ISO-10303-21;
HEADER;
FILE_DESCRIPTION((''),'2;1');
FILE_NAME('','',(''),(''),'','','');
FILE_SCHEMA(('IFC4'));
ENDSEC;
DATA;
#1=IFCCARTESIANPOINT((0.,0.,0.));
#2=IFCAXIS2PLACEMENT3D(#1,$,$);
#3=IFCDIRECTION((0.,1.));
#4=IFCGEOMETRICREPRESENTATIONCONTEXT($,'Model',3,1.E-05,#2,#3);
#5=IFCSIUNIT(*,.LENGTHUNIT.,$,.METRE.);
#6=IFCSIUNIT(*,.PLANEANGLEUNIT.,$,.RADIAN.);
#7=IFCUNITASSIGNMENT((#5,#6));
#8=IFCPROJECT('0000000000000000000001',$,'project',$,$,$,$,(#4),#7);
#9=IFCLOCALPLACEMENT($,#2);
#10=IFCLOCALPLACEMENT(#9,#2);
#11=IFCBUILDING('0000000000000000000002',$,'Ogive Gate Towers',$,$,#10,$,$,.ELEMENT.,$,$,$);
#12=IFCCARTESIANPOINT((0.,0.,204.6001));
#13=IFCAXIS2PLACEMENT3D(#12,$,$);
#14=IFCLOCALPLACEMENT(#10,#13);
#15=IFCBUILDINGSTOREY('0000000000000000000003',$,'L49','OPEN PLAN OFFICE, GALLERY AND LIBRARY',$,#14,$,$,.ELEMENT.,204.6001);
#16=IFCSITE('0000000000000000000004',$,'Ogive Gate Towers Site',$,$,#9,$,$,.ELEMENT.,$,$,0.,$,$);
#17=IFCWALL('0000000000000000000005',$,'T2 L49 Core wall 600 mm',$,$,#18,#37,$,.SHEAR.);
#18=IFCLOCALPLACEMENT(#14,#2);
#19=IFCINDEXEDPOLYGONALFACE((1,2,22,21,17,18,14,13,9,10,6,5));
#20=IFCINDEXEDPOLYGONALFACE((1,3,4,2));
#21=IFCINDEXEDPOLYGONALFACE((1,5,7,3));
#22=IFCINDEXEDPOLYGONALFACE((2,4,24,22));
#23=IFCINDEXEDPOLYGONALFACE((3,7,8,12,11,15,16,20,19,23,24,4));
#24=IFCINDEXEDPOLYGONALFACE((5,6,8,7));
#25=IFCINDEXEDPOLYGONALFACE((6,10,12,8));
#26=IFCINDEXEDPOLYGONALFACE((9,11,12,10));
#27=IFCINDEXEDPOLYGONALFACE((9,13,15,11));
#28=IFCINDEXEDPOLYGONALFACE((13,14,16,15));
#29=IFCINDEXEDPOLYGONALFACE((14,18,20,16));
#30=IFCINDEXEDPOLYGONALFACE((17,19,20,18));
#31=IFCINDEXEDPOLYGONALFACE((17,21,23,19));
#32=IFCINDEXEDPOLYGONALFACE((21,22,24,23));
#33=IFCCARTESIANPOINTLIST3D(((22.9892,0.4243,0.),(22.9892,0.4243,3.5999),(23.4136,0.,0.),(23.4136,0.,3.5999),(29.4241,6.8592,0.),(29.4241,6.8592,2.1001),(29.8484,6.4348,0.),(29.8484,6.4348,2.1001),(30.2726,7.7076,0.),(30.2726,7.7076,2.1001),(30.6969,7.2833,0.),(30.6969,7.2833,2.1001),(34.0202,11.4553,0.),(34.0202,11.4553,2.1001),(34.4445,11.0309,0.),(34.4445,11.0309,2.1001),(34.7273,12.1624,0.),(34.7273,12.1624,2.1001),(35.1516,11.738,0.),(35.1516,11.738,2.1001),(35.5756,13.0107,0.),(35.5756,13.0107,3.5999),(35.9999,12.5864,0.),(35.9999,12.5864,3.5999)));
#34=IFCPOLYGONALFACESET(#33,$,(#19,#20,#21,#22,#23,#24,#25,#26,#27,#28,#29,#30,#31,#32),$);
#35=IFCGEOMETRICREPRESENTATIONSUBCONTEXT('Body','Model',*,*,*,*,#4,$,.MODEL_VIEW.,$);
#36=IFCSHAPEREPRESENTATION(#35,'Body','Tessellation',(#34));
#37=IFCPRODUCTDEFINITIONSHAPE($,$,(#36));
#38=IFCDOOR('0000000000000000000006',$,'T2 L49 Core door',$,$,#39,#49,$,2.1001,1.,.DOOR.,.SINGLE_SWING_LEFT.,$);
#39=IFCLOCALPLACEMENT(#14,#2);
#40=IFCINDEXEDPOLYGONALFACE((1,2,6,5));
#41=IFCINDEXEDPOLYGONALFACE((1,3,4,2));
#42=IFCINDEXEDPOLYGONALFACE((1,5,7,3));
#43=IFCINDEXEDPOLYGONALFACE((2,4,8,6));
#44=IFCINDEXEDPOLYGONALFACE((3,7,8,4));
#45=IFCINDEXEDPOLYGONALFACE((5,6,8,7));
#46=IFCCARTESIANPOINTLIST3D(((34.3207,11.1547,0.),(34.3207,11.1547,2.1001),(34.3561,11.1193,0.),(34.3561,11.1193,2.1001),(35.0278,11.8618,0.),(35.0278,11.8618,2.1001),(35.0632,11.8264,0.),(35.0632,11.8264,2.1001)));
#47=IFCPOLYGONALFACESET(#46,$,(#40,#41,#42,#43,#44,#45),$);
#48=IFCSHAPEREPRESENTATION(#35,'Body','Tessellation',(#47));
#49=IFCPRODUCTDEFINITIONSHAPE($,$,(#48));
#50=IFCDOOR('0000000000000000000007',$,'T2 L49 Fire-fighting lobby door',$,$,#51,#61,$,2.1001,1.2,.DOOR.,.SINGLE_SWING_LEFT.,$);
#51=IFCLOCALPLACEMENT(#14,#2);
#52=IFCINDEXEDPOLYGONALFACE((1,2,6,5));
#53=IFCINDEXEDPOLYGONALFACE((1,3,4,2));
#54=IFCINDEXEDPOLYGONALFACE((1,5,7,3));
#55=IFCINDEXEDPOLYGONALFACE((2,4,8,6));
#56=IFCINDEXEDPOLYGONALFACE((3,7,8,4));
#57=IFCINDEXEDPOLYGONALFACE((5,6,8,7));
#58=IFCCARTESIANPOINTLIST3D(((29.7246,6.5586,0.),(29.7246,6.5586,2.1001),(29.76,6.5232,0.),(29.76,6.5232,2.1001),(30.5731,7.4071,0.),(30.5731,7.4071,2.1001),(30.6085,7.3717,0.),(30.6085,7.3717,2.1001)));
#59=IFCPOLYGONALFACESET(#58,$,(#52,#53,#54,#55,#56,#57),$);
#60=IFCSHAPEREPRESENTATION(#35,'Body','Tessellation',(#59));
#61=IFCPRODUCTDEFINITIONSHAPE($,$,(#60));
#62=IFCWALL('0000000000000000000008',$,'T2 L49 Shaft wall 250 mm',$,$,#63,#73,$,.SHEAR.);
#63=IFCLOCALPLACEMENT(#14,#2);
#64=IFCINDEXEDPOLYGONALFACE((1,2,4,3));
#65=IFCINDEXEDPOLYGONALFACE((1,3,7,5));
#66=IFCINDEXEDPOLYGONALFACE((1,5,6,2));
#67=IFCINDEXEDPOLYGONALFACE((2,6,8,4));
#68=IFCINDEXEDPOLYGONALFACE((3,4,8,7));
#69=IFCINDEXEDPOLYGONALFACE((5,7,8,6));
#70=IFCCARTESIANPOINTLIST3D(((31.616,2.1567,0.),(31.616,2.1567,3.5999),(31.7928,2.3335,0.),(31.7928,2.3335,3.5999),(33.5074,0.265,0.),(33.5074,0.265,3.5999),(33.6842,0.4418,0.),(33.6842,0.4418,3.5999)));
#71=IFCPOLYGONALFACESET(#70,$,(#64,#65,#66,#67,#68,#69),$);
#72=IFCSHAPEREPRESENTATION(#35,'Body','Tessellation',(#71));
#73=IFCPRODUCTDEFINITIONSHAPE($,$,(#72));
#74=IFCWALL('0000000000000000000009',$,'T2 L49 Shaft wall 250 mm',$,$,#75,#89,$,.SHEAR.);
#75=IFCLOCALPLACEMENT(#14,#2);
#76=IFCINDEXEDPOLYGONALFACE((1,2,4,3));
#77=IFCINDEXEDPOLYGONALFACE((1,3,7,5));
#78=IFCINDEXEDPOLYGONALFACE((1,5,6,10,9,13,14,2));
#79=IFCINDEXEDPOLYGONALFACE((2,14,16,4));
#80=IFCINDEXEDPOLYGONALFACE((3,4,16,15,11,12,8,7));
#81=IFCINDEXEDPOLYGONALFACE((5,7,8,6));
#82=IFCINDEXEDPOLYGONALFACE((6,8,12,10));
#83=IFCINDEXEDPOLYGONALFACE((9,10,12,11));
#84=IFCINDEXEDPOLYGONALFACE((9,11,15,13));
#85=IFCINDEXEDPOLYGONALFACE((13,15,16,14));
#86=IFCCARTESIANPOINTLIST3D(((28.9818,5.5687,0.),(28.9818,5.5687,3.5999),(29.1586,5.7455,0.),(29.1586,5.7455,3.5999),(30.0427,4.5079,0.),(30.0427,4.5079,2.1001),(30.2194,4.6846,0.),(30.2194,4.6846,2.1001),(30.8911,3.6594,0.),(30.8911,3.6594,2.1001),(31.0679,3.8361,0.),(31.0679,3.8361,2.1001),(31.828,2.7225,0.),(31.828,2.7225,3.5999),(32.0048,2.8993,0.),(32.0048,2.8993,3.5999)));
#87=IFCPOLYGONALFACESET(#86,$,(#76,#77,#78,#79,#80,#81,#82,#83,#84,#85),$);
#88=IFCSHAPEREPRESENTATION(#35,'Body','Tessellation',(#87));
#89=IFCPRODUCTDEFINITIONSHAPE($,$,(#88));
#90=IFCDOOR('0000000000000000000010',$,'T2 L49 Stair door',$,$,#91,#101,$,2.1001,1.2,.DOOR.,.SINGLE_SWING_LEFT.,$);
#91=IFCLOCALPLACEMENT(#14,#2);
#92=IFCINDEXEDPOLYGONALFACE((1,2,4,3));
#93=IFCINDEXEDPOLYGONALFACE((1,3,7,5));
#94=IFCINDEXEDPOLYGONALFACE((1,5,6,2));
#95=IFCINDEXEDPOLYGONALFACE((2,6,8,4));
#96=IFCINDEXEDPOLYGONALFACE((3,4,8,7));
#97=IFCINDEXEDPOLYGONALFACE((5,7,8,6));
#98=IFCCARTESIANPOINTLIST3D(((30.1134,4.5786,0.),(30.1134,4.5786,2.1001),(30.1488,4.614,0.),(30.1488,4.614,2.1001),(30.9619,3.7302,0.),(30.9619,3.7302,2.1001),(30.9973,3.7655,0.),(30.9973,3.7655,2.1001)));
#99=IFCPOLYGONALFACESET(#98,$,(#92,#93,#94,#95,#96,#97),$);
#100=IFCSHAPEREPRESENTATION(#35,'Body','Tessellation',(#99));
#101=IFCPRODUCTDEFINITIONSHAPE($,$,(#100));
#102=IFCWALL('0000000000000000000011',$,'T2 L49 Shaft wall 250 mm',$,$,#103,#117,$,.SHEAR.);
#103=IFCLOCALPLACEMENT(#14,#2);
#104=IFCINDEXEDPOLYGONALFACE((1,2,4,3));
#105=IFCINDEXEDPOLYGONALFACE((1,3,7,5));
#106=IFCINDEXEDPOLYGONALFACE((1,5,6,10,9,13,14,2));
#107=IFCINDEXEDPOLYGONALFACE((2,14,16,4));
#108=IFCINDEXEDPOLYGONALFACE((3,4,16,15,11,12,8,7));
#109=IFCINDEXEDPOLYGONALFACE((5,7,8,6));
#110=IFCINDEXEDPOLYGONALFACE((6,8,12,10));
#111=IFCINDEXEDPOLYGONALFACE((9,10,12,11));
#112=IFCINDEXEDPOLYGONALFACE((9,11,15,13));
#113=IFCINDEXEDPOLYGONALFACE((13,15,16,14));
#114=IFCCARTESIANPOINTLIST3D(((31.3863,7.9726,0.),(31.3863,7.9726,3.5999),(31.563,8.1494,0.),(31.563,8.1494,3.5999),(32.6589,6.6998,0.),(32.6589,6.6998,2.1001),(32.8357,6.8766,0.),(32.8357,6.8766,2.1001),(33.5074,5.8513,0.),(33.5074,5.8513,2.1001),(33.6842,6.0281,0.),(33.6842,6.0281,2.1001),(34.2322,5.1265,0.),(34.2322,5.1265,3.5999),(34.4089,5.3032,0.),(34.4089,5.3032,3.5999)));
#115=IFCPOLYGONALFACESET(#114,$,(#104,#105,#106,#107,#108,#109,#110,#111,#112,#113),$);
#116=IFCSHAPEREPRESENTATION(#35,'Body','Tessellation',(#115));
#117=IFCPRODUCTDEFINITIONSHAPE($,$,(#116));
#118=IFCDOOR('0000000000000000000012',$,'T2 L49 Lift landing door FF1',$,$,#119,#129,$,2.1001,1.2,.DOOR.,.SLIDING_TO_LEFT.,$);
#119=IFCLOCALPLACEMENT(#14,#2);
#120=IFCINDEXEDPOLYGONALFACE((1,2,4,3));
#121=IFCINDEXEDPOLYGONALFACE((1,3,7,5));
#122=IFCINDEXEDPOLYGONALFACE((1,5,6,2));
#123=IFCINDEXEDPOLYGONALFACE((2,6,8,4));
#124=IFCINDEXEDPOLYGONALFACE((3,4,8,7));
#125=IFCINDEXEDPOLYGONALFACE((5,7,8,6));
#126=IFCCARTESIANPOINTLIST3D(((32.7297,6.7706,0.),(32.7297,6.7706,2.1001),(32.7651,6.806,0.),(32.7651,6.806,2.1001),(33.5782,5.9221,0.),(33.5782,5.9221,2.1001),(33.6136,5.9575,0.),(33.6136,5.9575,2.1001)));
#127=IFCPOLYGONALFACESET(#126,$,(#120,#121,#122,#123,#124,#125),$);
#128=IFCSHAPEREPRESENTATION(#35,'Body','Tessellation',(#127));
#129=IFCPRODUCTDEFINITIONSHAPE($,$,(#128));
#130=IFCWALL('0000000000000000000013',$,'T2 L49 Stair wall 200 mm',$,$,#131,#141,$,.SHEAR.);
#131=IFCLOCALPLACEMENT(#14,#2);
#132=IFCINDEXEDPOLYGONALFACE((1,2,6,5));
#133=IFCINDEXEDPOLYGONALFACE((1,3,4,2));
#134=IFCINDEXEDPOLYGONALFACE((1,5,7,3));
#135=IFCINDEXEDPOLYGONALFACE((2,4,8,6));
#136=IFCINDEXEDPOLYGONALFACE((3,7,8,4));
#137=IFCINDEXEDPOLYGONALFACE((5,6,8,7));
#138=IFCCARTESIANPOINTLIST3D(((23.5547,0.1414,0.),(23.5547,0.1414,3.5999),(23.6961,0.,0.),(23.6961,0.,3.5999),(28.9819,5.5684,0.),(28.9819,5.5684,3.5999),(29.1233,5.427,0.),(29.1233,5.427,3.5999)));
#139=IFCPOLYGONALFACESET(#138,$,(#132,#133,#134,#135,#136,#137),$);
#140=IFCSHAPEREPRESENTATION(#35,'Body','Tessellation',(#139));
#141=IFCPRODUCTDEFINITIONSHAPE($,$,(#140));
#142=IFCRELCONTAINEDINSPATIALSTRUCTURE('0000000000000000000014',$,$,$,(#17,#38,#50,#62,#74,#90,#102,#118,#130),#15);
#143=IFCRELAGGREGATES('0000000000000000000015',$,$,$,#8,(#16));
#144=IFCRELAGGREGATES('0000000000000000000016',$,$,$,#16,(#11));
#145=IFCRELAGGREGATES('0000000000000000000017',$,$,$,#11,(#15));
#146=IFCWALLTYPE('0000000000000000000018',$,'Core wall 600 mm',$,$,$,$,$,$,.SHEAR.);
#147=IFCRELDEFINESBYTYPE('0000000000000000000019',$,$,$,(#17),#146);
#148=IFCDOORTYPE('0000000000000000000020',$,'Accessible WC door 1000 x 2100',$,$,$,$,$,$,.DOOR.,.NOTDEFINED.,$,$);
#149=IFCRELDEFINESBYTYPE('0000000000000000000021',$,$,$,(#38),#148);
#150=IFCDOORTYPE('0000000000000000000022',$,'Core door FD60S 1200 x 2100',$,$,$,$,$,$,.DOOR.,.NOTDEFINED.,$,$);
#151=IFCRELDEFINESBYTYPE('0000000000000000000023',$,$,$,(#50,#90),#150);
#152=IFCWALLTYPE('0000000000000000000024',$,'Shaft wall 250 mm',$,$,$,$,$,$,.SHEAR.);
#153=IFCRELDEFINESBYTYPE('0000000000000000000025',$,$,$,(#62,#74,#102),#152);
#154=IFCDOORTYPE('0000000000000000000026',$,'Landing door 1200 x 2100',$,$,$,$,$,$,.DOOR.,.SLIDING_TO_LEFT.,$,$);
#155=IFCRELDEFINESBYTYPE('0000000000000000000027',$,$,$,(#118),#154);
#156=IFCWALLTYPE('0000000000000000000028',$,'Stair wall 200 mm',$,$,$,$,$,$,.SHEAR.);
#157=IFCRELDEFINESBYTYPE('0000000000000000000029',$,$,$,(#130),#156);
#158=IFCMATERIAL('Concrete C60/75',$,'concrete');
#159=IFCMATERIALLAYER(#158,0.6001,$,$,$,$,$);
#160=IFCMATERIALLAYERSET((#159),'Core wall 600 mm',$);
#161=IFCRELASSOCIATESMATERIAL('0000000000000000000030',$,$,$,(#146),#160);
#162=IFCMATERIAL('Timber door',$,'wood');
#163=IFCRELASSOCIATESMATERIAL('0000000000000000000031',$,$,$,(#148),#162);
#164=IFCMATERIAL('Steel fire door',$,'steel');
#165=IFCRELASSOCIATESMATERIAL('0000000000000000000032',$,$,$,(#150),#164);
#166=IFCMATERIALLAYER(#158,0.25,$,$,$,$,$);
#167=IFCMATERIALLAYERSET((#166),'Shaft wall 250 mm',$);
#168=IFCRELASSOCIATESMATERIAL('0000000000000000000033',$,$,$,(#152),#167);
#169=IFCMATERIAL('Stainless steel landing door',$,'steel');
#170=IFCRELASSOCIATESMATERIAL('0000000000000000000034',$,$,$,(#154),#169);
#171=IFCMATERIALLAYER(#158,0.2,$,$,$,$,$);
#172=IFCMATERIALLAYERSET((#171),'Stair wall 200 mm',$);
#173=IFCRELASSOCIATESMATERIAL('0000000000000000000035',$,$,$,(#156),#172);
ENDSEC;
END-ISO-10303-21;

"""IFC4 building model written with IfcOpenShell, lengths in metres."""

from ifc_helpers import new_model, si_unit, direction, frame, frame_2d, origin, place, context, subcontext, project, spatial, rectangle, extrude, material, layer, layer_set, type_object, element, fill, save


model = new_model("IFC4")

# Units and contexts
model_context = context("Model", 3, precision=1e-05, world=origin(), true_north=direction((0.0, 1.0)))
body_context = subcontext(model_context, "Body", "Model", "MODEL_VIEW")
ifc_project = project(units=[si_unit("LENGTHUNIT", "METRE"), si_unit("PLANEANGLEUNIT", "RADIAN")], contexts=[model_context])

# Site, building, storey
site_placement = place(None, origin())
site = spatial("IfcSite", under=ifc_project, at=site_placement, Name="Ogive Gate Towers Site", CompositionType="ELEMENT", RefElevation=0.0)
building_placement = place(site_placement, origin())
building = spatial("IfcBuilding", under=site, at=building_placement, Name="Ogive Gate Towers", CompositionType="ELEMENT")
storey_placement = place(building_placement, frame((0.0, 0.0, 204.6001)))
storey = spatial("IfcBuildingStorey", under=building, at=storey_placement, Name="L49", Description="OPEN PLAN OFFICE, GALLERY AND LIBRARY", CompositionType="ELEMENT", Elevation=204.6001)

# Shared definitions
ifc_material_1 = material(Name="Timber door", Category="wood")

# Wall, openings, doors
ifc_material_2 = material(Name="Concrete C60/75", Category="concrete")
ifc_layer_1 = layer(ifc_material_2, 0.6001)
ifc_layer_set_1 = layer_set([ifc_layer_1], Name="Core wall 600 mm")
wall_type_1 = type_object("IfcWallType", Name="Core wall 600 mm", PredefinedType="SHEAR", material=ifc_layer_set_1)
wall_1_placement = place(storey_placement, frame((23.2014, 0.2122, 0.0), z_axis=(0.0, 0.0, 1.0), x_axis=(0.707107, 0.707107, 0.0)))
wall_1 = element("IfcWall", 1, at=wall_1_placement, inside=storey, type_object=wall_type_1, Name="T2 L49 Core wall 600 mm", PredefinedType="SHEAR", context=body_context, shape_type="SweptSolid", body=[
    extrude(rectangle(XDim=17.7998, YDim=0.6001, at=frame_2d((8.8999, 0.0))), origin(), (0.0, 0.0, 1.0), 3.5999),
])
opening_1_placement = place(wall_1_placement, frame((9.1001, 0.0, 0.0)))
opening_1 = element("IfcOpeningElement", 2, at=opening_1_placement, cuts=wall_1, PredefinedType="OPENING", context=body_context, shape_type="SweptSolid", body=[
    extrude(rectangle(XDim=1.2, YDim=2.1001, at=frame_2d((0.6001, 1.05))), frame((0.0, 0.3101, 0.0), z_axis=(0.0, -1.0, 0.0), x_axis=(1.0, 0.0, 0.0)), (0.0, 0.0, 1.0), 0.6201),
])
opening_2_placement = place(wall_1_placement, frame((15.6001, 0.0, 0.0)))
opening_2 = element("IfcOpeningElement", 3, at=opening_2_placement, cuts=wall_1, PredefinedType="OPENING", context=body_context, shape_type="SweptSolid", body=[
    extrude(rectangle(XDim=1.0, YDim=2.1001, at=frame_2d((0.5, 1.05))), frame((0.0, 0.3101, 0.0), z_axis=(0.0, -1.0, 0.0), x_axis=(1.0, 0.0, 0.0)), (0.0, 0.0, 1.0), 0.6201),
])
door_type_1 = type_object("IfcDoorType", Name="Accessible WC door 1000 x 2100", OperationType="NOTDEFINED", PredefinedType="DOOR", material=ifc_material_1)
door_1_placement = place(opening_2_placement, origin())
door_1 = element("IfcDoor", 4, at=door_1_placement, inside=storey, type_object=door_type_1, Name="T2 L49 Core door", OperationType="SINGLE_SWING_LEFT", OverallHeight=2.1001, OverallWidth=1.0, PredefinedType="DOOR", context=body_context, shape_type="SweptSolid", body=[
    extrude(rectangle(XDim=1.0, YDim=2.1001, at=frame_2d((0.5, 1.05))), frame((0.0, -0.125, 0.0), z_axis=(0.0, -1.0, 0.0), x_axis=(1.0, 0.0, 0.0)), (0.0, 0.0, 1.0), 0.05),
])
fill(opening_2, door_1)
ifc_material_3 = material(Name="Steel fire door", Category="steel")
door_type_2 = type_object("IfcDoorType", Name="Core door FD60S 1200 x 2100", OperationType="NOTDEFINED", PredefinedType="DOOR", material=ifc_material_3)
door_2_placement = place(opening_1_placement, origin())
door_2 = element("IfcDoor", 5, at=door_2_placement, inside=storey, type_object=door_type_2, Name="T2 L49 Fire-fighting lobby door", OperationType="SINGLE_SWING_LEFT", OverallHeight=2.1001, OverallWidth=1.2, PredefinedType="DOOR", context=body_context, shape_type="SweptSolid", body=[
    extrude(rectangle(XDim=1.2, YDim=2.1001, at=frame_2d((0.6001, 1.05))), frame((0.0, -0.125, 0.0), z_axis=(0.0, -1.0, 0.0), x_axis=(1.0, 0.0, 0.0)), (0.0, 0.0, 1.0), 0.05),
])
fill(opening_1, door_2)

# Wall
ifc_layer_2 = layer(ifc_material_2, 0.25)
ifc_layer_set_2 = layer_set([ifc_layer_2], Name="Shaft wall 250 mm")
wall_type_2 = type_object("IfcWallType", Name="Shaft wall 250 mm", PredefinedType="SHEAR", material=ifc_layer_set_2)
wall_2_placement = place(storey_placement, frame((33.5957, 0.3535, 0.0), z_axis=(0.0, 0.0, 1.0), x_axis=(-0.707061, 0.707152, 0.0)))
element("IfcWall", 6, at=wall_2_placement, inside=storey, type_object=wall_type_2, Name="T2 L49 Shaft wall 250 mm", PredefinedType="SHEAR", context=body_context, shape_type="SweptSolid", body=[
    extrude(rectangle(XDim=2.675, YDim=0.25, at=frame_2d((1.3374, 0.0))), origin(), (0.0, 0.0, 1.0), 3.5999),
])

# Walls, openings, doors
wall_3_placement = place(storey_placement, frame((31.9165, 2.8108, 0.0), z_axis=(0.0, 0.0, 1.0), x_axis=(-0.707107, 0.707107, 0.0)))
wall_3 = element("IfcWall", 7, at=wall_3_placement, inside=storey, type_object=wall_type_2, Name="T2 L49 Shaft wall 250 mm", PredefinedType="SHEAR", context=body_context, shape_type="SweptSolid", body=[
    extrude(rectangle(XDim=4.0251, YDim=0.25, at=frame_2d((2.0127, 0.0))), origin(), (0.0, 0.0, 1.0), 3.5999),
])
opening_3_placement = place(wall_3_placement, frame((1.325, 0.0, 0.0)))
opening_3 = element("IfcOpeningElement", 8, at=opening_3_placement, cuts=wall_3, PredefinedType="OPENING", context=body_context, shape_type="SweptSolid", body=[
    extrude(rectangle(XDim=1.2, YDim=2.1001, at=frame_2d((0.6001, 1.05))), frame((0.0, 0.135, 0.0), z_axis=(0.0, -1.0, 0.0), x_axis=(1.0, 0.0, 0.0)), (0.0, 0.0, 1.0), 0.27),
])
door_3_placement = place(opening_3_placement, origin())
door_3 = element("IfcDoor", 9, at=door_3_placement, inside=storey, type_object=door_type_2, Name="T2 L49 Stair door", OperationType="SINGLE_SWING_LEFT", OverallHeight=2.1001, OverallWidth=1.2, PredefinedType="DOOR", context=body_context, shape_type="SweptSolid", body=[
    extrude(rectangle(XDim=1.2, YDim=2.1001, at=frame_2d((0.6001, 1.05))), frame((0.0, 0.0249, 0.0), z_axis=(0.0, -1.0, 0.0), x_axis=(1.0, 0.0, 0.0)), (0.0, 0.0, 1.0), 0.05),
])
fill(opening_3, door_3)
wall_4_placement = place(storey_placement, frame((34.3206, 5.2148, 0.0), z_axis=(0.0, 0.0, 1.0), x_axis=(-0.707076, 0.707137, 0.0)))
wall_4 = element("IfcWall", 10, at=wall_4_placement, inside=storey, type_object=wall_type_2, Name="T2 L49 Shaft wall 250 mm", PredefinedType="SHEAR", context=body_context, shape_type="SweptSolid", body=[
    extrude(rectangle(XDim=4.0249, YDim=0.25, at=frame_2d((2.0125, 0.0))), origin(), (0.0, 0.0, 1.0), 3.5999),
])
opening_4_placement = place(wall_4_placement, frame((1.0249, 0.0, 0.0)))
opening_4 = element("IfcOpeningElement", 11, at=opening_4_placement, cuts=wall_4, PredefinedType="OPENING", context=body_context, shape_type="SweptSolid", body=[
    extrude(rectangle(XDim=1.2, YDim=2.1001, at=frame_2d((0.6001, 1.05))), frame((0.0, 0.135, 0.0), z_axis=(0.0, -1.0, 0.0), x_axis=(1.0, 0.0, 0.0)), (0.0, 0.0, 1.0), 0.27),
])
ifc_material_4 = material(Name="Stainless steel landing door", Category="steel")
door_type_3 = type_object("IfcDoorType", Name="Landing door 1200 x 2100", OperationType="SLIDING_TO_LEFT", PredefinedType="DOOR", material=ifc_material_4)
door_4_placement = place(opening_4_placement, origin())
door_4 = element("IfcDoor", 12, at=door_4_placement, inside=storey, type_object=door_type_3, Name="T2 L49 Lift landing door FF1", OperationType="SLIDING_TO_LEFT", OverallHeight=2.1001, OverallWidth=1.2, PredefinedType="DOOR", context=body_context, shape_type="SweptSolid", body=[
    extrude(rectangle(XDim=1.2, YDim=2.1001, at=frame_2d((0.6001, 1.05))), frame((0.0, 0.0249, 0.0), z_axis=(0.0, -1.0, 0.0), x_axis=(1.0, 0.0, 0.0)), (0.0, 0.0, 1.0), 0.05),
])
fill(opening_4, door_4)

# Wall
ifc_layer_3 = layer(ifc_material_2, 0.2)
ifc_layer_set_3 = layer_set([ifc_layer_3], Name="Stair wall 200 mm")
wall_type_3 = type_object("IfcWallType", Name="Stair wall 200 mm", PredefinedType="SHEAR", material=ifc_layer_set_3)
wall_5_placement = place(storey_placement, frame((23.6255, 0.0708, 0.0), z_axis=(0.0, 0.0, 1.0), x_axis=(0.707123, 0.707091, 0.0)))
element("IfcWall", 13, at=wall_5_placement, inside=storey, type_object=wall_type_3, Name="T2 L49 Stair wall 200 mm", PredefinedType="SHEAR", context=body_context, shape_type="SweptSolid", body=[
    extrude(rectangle(XDim=7.675, YDim=0.2, at=frame_2d((3.8374, 0.0))), origin(), (0.0, 0.0, 1.0), 3.5999),
])

save(model, "model.ifc")
